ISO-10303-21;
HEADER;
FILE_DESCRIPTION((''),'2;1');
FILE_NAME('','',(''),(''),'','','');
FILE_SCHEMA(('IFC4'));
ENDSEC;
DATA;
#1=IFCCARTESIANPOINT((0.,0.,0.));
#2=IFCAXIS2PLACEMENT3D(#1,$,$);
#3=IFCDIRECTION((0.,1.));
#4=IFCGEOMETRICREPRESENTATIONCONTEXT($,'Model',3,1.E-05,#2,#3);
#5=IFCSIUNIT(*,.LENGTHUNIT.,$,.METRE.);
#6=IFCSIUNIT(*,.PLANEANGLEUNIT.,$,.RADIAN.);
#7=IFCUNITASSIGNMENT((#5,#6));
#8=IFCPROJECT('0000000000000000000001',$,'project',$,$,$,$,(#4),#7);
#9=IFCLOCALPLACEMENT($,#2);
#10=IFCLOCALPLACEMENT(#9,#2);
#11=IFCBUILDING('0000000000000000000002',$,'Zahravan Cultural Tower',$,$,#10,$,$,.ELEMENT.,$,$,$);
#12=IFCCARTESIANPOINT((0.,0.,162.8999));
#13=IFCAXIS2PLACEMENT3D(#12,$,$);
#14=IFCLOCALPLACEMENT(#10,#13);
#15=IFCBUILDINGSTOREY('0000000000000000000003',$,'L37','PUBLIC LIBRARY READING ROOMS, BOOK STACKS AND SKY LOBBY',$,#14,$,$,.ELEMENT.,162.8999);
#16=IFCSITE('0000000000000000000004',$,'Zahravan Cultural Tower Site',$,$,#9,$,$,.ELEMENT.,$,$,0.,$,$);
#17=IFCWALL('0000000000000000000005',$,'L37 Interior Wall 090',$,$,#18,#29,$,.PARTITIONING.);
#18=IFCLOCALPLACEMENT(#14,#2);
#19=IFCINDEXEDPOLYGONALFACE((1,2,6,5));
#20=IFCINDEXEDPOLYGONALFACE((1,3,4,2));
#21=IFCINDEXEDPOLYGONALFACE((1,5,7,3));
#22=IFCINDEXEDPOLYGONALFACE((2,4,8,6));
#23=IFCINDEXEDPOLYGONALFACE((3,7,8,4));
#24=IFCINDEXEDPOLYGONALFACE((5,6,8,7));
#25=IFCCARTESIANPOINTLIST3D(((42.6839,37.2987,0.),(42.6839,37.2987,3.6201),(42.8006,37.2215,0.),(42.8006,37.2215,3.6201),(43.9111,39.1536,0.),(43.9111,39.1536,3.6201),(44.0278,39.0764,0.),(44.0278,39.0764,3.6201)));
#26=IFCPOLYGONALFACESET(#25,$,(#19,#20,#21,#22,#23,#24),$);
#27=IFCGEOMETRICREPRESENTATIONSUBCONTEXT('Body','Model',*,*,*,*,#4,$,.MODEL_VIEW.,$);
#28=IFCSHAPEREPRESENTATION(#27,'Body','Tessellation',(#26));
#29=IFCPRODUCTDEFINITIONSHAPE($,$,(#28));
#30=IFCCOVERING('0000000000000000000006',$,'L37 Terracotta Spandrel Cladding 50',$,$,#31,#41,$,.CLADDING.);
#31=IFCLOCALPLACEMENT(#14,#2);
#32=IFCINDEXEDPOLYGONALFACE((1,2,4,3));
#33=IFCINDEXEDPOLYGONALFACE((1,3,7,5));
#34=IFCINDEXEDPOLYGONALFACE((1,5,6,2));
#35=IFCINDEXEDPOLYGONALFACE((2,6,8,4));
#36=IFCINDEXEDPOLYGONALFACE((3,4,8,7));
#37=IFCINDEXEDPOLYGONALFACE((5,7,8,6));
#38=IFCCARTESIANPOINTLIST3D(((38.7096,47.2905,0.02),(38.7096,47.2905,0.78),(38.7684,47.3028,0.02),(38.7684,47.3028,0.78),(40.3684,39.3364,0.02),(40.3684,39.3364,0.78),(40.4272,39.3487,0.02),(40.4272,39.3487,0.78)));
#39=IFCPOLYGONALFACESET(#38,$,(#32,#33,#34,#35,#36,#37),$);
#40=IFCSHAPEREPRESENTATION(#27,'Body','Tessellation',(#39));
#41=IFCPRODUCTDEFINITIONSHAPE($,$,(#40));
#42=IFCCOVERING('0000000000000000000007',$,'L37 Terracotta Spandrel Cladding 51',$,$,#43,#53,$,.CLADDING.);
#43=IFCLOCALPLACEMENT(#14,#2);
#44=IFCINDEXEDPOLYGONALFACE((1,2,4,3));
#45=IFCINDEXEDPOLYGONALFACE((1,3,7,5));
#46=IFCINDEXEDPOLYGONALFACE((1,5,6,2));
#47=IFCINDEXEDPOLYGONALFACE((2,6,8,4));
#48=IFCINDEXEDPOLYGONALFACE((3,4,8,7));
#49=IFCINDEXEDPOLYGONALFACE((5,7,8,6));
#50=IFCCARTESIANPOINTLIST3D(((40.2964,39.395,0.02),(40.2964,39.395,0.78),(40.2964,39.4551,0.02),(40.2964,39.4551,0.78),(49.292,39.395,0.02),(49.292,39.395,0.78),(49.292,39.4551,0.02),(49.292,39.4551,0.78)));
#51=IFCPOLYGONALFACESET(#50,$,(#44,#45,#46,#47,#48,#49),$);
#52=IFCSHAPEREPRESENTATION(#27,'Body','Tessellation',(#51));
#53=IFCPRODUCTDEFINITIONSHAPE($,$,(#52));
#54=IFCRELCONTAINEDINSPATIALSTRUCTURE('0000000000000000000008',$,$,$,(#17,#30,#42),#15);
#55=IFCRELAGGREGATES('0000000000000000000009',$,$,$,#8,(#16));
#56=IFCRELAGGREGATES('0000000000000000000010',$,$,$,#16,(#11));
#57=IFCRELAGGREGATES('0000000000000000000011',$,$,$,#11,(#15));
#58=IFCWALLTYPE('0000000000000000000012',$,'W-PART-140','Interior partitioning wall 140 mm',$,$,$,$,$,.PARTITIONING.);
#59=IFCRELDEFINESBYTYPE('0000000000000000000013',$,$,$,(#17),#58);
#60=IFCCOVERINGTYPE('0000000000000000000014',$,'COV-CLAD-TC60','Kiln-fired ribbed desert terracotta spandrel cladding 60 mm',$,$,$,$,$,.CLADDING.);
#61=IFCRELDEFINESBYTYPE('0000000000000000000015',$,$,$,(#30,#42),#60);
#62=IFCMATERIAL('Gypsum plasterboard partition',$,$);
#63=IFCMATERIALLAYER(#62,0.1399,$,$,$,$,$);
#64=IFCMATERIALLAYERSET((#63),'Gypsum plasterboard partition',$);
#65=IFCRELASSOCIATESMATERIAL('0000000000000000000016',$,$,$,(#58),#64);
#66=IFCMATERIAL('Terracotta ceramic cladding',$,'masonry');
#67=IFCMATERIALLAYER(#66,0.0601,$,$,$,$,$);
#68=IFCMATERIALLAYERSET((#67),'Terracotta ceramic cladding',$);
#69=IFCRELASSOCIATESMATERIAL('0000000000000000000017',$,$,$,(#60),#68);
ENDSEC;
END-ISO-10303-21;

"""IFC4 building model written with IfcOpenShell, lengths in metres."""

from ifc_helpers import new_model, si_unit, direction, frame, frame_2d, origin, origin_2d, place, context, subcontext, project, spatial, rectangle, extrude, source, transform, mapped, material, layer, layer_set, type_object, element, save


model = new_model("IFC4")

# Units and contexts
model_context = context("Model", 3, precision=1e-05, world=origin(), true_north=direction((0.0, 1.0)))
body_context = subcontext(model_context, "Body", "Model", "MODEL_VIEW")
ifc_project = project(units=[si_unit("LENGTHUNIT", "METRE"), si_unit("PLANEANGLEUNIT", "RADIAN")], contexts=[model_context])

# Site, building, storey
site_placement = place(None, origin())
site = spatial("IfcSite", under=ifc_project, at=site_placement, Name="Zahravan Cultural Tower Site", CompositionType="ELEMENT", RefElevation=0.0)
building_placement = place(site_placement, origin())
building = spatial("IfcBuilding", under=site, at=building_placement, Name="Zahravan Cultural Tower", CompositionType="ELEMENT")
storey_placement = place(building_placement, frame((0.0, 0.0, 162.8999)))
storey = spatial("IfcBuildingStorey", under=building, at=storey_placement, Name="L37", Description="PUBLIC LIBRARY READING ROOMS, BOOK STACKS AND SKY LOBBY", CompositionType="ELEMENT", Elevation=162.8999)

# Shared definitions
ifc_material_1 = material(Name="Gypsum plasterboard partition")
ifc_layer_1 = layer(ifc_material_1, 0.1399)
ifc_layer_set_1 = layer_set([ifc_layer_1], Name="Gypsum plasterboard partition")
wall_type_1 = type_object("IfcWallType", Name="W-PART-140", Description="Interior partitioning wall 140 mm", PredefinedType="PARTITIONING", material=ifc_layer_set_1)

# Wall
shared_shape_1 = source(origin(), body_context, "Body", "SweptSolid", [
    extrude(rectangle(XDim=2.2241, YDim=0.1399, at=frame_2d((1.1121, 0.0))), origin(), (0.0, 0.0, 1.0), 3.6201),
])
wall_1_placement = place(storey_placement, frame((43.9695, 39.115, 0.0), z_axis=(0.0, 0.0, 1.0), x_axis=(-0.551784, -0.833987, 0.0)))
element("IfcWall", 1, at=wall_1_placement, inside=storey, type_object=wall_type_1, Name="L37 Interior Wall 090", PredefinedType="PARTITIONING", context=body_context, shape_type="MappedRepresentation", body=[
    mapped(shared_shape_1, transform((0.0, 0.0, 0.0), x_axis=(1.0, 0.0, 0.0), y_axis=(0.0, 1.0, 0.0), z_axis=(0.0, 0.0, 1.0), scale=1.0)),
])

# Coverings
ifc_material_2 = material(Name="Terracotta ceramic cladding", Category="masonry")
ifc_layer_2 = layer(ifc_material_2, 0.0601)
ifc_layer_set_2 = layer_set([ifc_layer_2], Name="Terracotta ceramic cladding")
covering_type = type_object("IfcCoveringType", Name="COV-CLAD-TC60", Description="Kiln-fired ribbed desert terracotta spandrel cladding 60 mm", PredefinedType="CLADDING", material=ifc_layer_set_2)
shared_shape_2 = source(origin(), body_context, "Body", "SweptSolid", [
    extrude(rectangle(XDim=8.1252, YDim=0.0601, at=origin_2d()), origin(), (0.0, 0.0, 1.0), 0.76),
])
covering_1_placement = place(storey_placement, frame((39.5684, 43.3196, 0.02), z_axis=(0.0, 0.0, 1.0), x_axis=(0.204154, -0.978939, 0.0)))
element("IfcCovering", 2, at=covering_1_placement, inside=storey, type_object=covering_type, Name="L37 Terracotta Spandrel Cladding 50", PredefinedType="CLADDING", context=body_context, shape_type="MappedRepresentation", body=[
    mapped(shared_shape_2, transform((0.0, 0.0, 0.0), x_axis=(1.0, 0.0, 0.0), y_axis=(0.0, 1.0, 0.0), z_axis=(0.0, 0.0, 1.0), scale=1.0)),
])
shared_shape_3 = source(origin(), body_context, "Body", "SweptSolid", [
    extrude(rectangle(XDim=8.9956, YDim=0.0601, at=origin_2d()), origin(), (0.0, 0.0, 1.0), 0.76),
])
covering_2_placement = place(storey_placement, frame((44.7942, 39.425, 0.02), z_axis=(0.0, 0.0, 1.0), x_axis=(1.0, 0.0, 0.0)))
element("IfcCovering", 3, at=covering_2_placement, inside=storey, type_object=covering_type, Name="L37 Terracotta Spandrel Cladding 51", PredefinedType="CLADDING", context=body_context, shape_type="MappedRepresentation", body=[
    mapped(shared_shape_3, transform((0.0, 0.0, 0.0), x_axis=(1.0, 0.0, 0.0), y_axis=(0.0, 1.0, 0.0), z_axis=(0.0, 0.0, 1.0), scale=1.0)),
])

save(model, "model.ifc")
